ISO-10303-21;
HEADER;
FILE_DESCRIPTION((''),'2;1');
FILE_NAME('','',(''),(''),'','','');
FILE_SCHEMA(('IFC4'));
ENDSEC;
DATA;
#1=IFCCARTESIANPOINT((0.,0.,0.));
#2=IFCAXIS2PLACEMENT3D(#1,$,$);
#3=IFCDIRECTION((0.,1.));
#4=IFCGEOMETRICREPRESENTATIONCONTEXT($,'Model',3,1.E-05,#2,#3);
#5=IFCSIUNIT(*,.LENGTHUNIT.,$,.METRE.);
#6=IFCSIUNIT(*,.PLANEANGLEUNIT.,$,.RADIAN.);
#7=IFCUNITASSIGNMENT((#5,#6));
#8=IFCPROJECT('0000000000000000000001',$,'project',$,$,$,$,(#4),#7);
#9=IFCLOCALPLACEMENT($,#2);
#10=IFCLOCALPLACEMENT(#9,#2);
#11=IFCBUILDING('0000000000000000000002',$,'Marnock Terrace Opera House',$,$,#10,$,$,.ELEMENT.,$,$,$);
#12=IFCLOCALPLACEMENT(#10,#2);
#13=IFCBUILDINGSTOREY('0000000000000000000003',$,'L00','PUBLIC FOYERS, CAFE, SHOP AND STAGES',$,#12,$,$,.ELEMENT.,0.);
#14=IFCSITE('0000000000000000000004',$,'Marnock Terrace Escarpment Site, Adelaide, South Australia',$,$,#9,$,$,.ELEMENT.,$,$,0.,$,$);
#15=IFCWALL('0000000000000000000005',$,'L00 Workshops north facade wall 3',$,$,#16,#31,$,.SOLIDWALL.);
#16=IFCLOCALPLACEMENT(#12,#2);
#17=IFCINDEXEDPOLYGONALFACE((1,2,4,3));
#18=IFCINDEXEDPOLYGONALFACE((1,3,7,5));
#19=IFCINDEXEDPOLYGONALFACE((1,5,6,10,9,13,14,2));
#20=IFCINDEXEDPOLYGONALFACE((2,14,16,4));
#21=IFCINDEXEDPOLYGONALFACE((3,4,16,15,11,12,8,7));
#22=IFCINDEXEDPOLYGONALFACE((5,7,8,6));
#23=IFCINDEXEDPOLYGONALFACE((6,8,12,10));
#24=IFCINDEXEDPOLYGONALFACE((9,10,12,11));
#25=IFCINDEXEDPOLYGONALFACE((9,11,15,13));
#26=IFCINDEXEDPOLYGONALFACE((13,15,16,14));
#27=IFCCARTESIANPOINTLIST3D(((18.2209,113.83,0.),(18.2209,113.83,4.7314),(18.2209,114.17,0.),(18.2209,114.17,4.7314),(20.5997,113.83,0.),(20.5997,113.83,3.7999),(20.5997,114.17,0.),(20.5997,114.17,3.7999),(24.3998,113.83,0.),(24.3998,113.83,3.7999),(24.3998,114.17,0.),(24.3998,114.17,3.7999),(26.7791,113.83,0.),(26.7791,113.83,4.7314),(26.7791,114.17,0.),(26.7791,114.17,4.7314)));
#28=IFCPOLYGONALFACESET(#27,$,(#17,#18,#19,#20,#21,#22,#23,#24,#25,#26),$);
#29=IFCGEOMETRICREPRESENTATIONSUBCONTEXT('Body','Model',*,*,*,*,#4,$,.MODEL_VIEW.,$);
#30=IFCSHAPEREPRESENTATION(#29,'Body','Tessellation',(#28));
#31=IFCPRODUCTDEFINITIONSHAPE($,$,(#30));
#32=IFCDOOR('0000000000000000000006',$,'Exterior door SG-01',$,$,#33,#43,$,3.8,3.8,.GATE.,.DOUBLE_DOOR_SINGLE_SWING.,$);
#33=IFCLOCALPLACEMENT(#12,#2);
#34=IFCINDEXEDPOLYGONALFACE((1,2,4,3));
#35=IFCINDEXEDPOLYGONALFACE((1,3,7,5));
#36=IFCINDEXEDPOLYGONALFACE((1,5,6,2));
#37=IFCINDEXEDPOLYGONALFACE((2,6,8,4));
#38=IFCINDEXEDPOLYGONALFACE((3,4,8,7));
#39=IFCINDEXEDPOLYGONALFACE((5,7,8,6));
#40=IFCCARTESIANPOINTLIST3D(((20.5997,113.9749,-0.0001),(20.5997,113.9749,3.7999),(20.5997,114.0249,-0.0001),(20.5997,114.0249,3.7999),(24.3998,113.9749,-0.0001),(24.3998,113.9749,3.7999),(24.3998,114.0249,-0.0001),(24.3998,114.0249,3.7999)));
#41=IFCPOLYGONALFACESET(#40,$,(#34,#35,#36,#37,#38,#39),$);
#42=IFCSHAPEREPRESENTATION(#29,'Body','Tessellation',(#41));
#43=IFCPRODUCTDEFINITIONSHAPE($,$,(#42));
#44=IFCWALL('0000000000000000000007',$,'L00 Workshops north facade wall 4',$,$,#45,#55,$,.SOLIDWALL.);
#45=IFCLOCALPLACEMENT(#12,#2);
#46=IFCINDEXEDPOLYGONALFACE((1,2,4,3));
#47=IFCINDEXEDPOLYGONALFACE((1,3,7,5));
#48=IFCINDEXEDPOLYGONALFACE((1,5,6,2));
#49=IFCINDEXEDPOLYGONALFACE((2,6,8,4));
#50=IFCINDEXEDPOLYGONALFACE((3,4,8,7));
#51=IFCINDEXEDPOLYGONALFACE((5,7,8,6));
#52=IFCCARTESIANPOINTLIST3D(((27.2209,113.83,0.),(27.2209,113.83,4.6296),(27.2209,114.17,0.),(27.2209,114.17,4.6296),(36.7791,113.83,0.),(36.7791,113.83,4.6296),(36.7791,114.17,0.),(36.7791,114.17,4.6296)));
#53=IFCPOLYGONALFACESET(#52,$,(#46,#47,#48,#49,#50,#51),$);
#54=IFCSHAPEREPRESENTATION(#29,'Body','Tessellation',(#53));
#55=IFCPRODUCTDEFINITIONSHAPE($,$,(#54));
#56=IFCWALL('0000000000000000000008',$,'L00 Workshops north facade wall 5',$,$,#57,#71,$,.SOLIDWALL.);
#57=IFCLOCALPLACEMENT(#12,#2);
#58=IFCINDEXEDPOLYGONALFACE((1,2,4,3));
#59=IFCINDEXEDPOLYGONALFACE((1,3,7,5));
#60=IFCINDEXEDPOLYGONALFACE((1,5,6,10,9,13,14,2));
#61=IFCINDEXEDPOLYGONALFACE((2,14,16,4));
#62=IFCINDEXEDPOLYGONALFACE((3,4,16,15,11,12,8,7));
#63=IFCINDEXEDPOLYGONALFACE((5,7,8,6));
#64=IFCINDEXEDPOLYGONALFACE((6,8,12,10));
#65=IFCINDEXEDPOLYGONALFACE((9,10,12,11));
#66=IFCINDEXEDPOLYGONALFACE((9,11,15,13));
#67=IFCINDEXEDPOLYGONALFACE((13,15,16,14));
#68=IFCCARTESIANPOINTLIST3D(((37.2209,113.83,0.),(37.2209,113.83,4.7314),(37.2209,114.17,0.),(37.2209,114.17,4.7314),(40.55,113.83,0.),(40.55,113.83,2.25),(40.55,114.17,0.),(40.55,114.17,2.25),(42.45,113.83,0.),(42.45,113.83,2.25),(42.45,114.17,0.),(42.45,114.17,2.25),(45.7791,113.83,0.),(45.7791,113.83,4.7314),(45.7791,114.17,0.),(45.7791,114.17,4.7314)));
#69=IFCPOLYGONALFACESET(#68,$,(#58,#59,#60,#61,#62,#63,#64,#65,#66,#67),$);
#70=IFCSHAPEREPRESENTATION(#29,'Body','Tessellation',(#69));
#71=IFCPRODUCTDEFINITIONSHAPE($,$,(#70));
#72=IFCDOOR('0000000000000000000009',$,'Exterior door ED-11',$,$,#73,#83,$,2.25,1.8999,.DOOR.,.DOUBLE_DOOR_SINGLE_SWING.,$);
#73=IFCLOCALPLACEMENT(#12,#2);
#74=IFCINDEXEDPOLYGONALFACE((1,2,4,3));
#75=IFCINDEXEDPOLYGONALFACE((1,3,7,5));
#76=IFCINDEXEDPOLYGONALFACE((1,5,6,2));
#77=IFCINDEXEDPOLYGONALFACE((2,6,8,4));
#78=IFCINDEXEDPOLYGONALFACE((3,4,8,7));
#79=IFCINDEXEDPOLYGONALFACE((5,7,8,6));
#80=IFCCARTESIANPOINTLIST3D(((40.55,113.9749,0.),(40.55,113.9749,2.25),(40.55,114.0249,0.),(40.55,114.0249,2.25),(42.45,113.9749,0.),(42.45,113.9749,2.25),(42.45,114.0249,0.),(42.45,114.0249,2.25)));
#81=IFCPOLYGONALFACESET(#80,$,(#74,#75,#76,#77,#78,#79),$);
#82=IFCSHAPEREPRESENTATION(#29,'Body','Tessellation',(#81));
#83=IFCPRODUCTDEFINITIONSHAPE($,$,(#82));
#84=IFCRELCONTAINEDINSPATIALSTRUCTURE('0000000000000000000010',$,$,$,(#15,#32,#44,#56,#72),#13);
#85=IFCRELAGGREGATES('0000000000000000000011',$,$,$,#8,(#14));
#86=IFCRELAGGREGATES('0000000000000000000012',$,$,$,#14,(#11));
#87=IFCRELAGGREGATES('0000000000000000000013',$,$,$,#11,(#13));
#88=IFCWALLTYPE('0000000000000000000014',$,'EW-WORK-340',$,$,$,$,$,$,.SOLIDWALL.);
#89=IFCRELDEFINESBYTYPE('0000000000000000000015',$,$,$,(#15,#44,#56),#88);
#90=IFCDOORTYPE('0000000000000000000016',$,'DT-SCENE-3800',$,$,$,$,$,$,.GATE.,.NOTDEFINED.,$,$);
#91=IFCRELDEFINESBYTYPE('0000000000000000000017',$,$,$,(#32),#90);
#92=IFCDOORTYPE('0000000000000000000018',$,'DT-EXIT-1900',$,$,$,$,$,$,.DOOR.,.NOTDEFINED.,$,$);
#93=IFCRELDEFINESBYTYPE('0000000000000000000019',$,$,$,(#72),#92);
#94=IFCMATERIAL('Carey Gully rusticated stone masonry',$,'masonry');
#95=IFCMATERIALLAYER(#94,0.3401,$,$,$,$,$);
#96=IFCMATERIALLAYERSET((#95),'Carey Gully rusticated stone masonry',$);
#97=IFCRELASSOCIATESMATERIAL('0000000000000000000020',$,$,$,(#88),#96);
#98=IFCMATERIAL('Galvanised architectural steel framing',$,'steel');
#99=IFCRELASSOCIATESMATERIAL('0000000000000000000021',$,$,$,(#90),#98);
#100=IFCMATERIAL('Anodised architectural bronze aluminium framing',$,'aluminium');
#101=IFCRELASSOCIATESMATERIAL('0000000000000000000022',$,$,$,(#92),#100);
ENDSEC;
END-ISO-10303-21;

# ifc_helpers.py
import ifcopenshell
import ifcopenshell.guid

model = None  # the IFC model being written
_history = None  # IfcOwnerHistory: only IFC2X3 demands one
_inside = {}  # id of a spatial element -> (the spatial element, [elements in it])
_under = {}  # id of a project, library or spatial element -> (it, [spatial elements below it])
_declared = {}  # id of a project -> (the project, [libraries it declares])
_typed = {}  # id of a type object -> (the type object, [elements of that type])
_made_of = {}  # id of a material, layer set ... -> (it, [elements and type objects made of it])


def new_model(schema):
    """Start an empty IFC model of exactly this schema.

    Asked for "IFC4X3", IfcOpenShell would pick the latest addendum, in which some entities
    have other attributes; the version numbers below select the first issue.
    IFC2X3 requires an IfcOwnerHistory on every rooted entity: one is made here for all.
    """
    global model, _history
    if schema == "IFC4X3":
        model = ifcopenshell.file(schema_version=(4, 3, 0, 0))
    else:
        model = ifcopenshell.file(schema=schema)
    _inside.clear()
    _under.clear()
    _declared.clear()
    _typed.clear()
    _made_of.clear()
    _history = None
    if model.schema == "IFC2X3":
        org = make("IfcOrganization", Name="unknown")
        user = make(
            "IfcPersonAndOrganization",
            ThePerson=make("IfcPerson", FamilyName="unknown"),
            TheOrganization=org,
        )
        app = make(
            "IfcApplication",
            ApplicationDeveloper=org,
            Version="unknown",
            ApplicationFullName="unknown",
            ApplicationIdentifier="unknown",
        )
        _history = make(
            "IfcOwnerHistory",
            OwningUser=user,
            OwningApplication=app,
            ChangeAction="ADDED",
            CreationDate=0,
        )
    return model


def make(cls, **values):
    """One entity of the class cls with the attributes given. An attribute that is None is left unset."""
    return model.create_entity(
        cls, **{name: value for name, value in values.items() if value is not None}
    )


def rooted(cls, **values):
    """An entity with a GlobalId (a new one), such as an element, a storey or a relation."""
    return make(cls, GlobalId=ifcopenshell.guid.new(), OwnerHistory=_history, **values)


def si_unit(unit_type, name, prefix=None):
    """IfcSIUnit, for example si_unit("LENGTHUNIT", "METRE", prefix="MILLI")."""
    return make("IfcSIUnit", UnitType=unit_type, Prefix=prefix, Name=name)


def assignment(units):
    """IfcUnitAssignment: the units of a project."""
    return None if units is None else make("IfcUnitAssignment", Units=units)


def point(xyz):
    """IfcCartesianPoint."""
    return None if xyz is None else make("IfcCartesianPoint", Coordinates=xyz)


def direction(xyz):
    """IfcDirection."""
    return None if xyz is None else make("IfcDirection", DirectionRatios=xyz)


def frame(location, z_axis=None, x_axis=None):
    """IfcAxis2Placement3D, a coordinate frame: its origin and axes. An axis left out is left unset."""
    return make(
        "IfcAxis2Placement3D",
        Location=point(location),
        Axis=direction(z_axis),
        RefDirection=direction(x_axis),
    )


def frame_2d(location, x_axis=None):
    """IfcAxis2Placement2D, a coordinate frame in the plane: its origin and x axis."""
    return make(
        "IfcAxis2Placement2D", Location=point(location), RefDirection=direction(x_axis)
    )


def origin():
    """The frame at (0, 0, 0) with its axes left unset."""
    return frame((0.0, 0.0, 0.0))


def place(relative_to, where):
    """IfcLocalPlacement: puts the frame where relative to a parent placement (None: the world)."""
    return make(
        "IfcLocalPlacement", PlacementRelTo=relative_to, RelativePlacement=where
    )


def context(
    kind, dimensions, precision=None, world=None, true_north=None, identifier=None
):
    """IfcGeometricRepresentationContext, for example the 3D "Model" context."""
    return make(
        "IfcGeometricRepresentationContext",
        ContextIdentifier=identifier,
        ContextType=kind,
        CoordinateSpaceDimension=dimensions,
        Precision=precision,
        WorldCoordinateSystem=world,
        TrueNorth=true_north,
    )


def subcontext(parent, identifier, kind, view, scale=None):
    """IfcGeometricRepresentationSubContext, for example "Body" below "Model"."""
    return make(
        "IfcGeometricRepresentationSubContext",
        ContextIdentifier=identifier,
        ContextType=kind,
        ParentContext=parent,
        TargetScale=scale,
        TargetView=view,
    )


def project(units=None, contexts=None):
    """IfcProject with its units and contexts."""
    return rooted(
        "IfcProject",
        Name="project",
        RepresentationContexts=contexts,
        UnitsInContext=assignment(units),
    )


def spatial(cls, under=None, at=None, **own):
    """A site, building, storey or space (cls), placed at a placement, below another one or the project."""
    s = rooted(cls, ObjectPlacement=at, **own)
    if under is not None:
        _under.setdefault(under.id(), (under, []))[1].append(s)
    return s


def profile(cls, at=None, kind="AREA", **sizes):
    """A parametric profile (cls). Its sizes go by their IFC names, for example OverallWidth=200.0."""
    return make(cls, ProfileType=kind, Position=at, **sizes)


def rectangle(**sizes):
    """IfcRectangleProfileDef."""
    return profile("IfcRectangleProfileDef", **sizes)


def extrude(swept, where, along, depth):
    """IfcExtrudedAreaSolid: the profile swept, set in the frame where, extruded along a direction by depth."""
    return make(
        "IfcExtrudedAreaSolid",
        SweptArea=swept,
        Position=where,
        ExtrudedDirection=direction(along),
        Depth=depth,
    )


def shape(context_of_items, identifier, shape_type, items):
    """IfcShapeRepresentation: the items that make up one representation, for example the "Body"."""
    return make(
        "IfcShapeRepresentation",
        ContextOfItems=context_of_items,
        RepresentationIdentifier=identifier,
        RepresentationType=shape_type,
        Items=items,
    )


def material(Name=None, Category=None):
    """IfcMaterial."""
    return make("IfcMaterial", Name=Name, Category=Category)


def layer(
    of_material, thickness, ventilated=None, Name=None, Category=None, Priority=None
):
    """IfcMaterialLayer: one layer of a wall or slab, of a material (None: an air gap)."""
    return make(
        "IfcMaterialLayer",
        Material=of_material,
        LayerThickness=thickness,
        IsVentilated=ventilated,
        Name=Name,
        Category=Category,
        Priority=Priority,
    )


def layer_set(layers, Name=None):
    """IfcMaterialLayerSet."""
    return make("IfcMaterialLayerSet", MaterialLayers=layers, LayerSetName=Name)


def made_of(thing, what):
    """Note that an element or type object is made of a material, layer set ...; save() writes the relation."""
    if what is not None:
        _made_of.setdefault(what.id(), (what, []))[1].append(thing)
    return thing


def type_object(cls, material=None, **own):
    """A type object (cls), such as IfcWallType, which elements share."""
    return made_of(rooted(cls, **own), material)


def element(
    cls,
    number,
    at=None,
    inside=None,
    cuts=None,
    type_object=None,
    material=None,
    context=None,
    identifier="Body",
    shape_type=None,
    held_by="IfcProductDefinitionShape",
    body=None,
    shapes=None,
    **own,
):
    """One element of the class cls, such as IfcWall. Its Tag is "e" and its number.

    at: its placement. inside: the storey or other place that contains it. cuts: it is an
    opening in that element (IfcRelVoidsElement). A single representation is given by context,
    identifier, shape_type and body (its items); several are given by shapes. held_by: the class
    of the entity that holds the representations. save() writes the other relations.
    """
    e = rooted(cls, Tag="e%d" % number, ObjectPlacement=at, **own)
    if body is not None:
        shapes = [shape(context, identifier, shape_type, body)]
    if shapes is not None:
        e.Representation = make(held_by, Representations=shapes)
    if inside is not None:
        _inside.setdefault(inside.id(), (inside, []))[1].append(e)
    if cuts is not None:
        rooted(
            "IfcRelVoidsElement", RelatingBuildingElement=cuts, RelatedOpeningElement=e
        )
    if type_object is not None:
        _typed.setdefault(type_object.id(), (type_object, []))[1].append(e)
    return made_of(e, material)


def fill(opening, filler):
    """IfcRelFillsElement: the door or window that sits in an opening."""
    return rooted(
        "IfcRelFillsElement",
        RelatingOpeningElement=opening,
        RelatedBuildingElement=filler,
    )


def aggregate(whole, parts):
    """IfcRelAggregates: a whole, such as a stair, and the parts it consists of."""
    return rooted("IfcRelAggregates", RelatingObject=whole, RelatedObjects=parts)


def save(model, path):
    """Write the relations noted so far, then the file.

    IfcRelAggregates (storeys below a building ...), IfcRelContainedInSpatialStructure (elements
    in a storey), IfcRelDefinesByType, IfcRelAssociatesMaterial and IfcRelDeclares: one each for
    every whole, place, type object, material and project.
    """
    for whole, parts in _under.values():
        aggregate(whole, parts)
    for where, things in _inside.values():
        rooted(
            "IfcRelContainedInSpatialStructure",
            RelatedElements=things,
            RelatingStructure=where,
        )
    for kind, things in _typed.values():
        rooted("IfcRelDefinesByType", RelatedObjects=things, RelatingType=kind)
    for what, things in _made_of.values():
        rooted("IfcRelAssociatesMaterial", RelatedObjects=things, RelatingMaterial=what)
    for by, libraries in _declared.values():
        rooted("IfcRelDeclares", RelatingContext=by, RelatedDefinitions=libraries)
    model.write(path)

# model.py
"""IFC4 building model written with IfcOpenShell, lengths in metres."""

from ifc_helpers import new_model, si_unit, direction, frame, frame_2d, origin, place, context, subcontext, project, spatial, rectangle, extrude, material, layer, layer_set, type_object, element, fill, save


model = new_model("IFC4")

# Units and contexts
model_context = context("Model", 3, precision=1e-05, world=origin(), true_north=direction((0.0, 1.0)))
body_context = subcontext(model_context, "Body", "Model", "MODEL_VIEW")
ifc_project = project(units=[si_unit("LENGTHUNIT", "METRE"), si_unit("PLANEANGLEUNIT", "RADIAN")], contexts=[model_context])

# Site, building, storey
site_placement = place(None, origin())
site = spatial("IfcSite", under=ifc_project, at=site_placement, Name="Marnock Terrace Escarpment Site, Adelaide, South Australia", CompositionType="ELEMENT", RefElevation=0.0)
building_placement = place(site_placement, origin())
building = spatial("IfcBuilding", under=site, at=building_placement, Name="Marnock Terrace Opera House", CompositionType="ELEMENT")
storey_placement = place(building_placement, origin())
storey = spatial("IfcBuildingStorey", under=building, at=storey_placement, Name="L00", Description="PUBLIC FOYERS, CAFE, SHOP AND STAGES", CompositionType="ELEMENT", Elevation=0.0)

# Wall, opening, door
ifc_material_1 = material(Name="Carey Gully rusticated stone masonry", Category="masonry")
ifc_layer = layer(ifc_material_1, 0.3401)
ifc_layer_set = layer_set([ifc_layer], Name="Carey Gully rusticated stone masonry")
wall_type = type_object("IfcWallType", Name="EW-WORK-340", PredefinedType="SOLIDWALL", material=ifc_layer_set)
wall_1_placement = place(storey_placement, frame((18.2209, 114.0, 0.0), z_axis=(0.0, 0.0, 1.0), x_axis=(1.0, 0.0, 0.0)))
wall_1 = element("IfcWall", 1, at=wall_1_placement, inside=storey, type_object=wall_type, Name="L00 Workshops north facade wall 3", PredefinedType="SOLIDWALL", context=body_context, shape_type="SweptSolid", body=[
    extrude(rectangle(XDim=8.5581, YDim=0.3401, at=frame_2d((4.2791, 0.0))), origin(), (0.0, 0.0, 1.0), 4.7314),
])
opening_1_placement = place(wall_1_placement, frame((2.3789, 0.0, 0.0)))
opening_1 = element("IfcOpeningElement", 2, at=opening_1_placement, cuts=wall_1, PredefinedType="OPENING", context=body_context, shape_type="SweptSolid", body=[
    extrude(rectangle(XDim=3.8, YDim=3.8, at=frame_2d((1.8999, 1.8999))), frame((0.0, 0.1799, 0.0), z_axis=(0.0, -1.0, 0.0), x_axis=(1.0, 0.0, 0.0)), (0.0, 0.0, 1.0), 0.3601),
])
ifc_material_2 = material(Name="Galvanised architectural steel framing", Category="steel")
door_type_1 = type_object("IfcDoorType", Name="DT-SCENE-3800", OperationType="NOTDEFINED", PredefinedType="GATE", material=ifc_material_2)
door_1_placement = place(opening_1_placement, origin())
door_1 = element("IfcDoor", 3, at=door_1_placement, inside=storey, type_object=door_type_1, Name="Exterior door SG-01", OperationType="DOUBLE_DOOR_SINGLE_SWING", OverallHeight=3.8, OverallWidth=3.8, PredefinedType="GATE", context=body_context, shape_type="SweptSolid", body=[
    extrude(rectangle(XDim=3.8, YDim=3.8, at=frame_2d((1.8999, 1.8999))), frame((0.0, 0.0249, 0.0), z_axis=(0.0, -1.0, 0.0), x_axis=(1.0, 0.0, 0.0)), (0.0, 0.0, 1.0), 0.05),
])
fill(opening_1, door_1)

# Wall
wall_2_placement = place(storey_placement, frame((27.2209, 114.0, 0.0), z_axis=(0.0, 0.0, 1.0), x_axis=(1.0, 0.0, 0.0)))
element("IfcWall", 4, at=wall_2_placement, inside=storey, type_object=wall_type, Name="L00 Workshops north facade wall 4", PredefinedType="SOLIDWALL", context=body_context, shape_type="SweptSolid", body=[
    extrude(rectangle(XDim=9.5581, YDim=0.3401, at=frame_2d((4.7791, 0.0))), origin(), (0.0, 0.0, 1.0), 4.6296),
])

# Wall, opening, door
wall_3_placement = place(storey_placement, frame((37.2209, 114.0, 0.0), z_axis=(0.0, 0.0, 1.0), x_axis=(1.0, 0.0, 0.0)))
wall_3 = element("IfcWall", 5, at=wall_3_placement, inside=storey, type_object=wall_type, Name="L00 Workshops north facade wall 5", PredefinedType="SOLIDWALL", context=body_context, shape_type="SweptSolid", body=[
    extrude(rectangle(XDim=8.5581, YDim=0.3401, at=frame_2d((4.2791, 0.0))), origin(), (0.0, 0.0, 1.0), 4.7314),
])
opening_2_placement = place(wall_3_placement, frame((3.3291, 0.0, 0.0)))
opening_2 = element("IfcOpeningElement", 6, at=opening_2_placement, cuts=wall_3, PredefinedType="OPENING", context=body_context, shape_type="SweptSolid", body=[
    extrude(rectangle(XDim=1.8999, YDim=2.25, at=frame_2d((0.95, 1.125))), frame((0.0, 0.1799, 0.0), z_axis=(0.0, -1.0, 0.0), x_axis=(1.0, 0.0, 0.0)), (0.0, 0.0, 1.0), 0.3601),
])
ifc_material_3 = material(Name="Anodised architectural bronze aluminium framing", Category="aluminium")
door_type_2 = type_object("IfcDoorType", Name="DT-EXIT-1900", OperationType="NOTDEFINED", PredefinedType="DOOR", material=ifc_material_3)
door_2_placement = place(opening_2_placement, origin())
door_2 = element("IfcDoor", 7, at=door_2_placement, inside=storey, type_object=door_type_2, Name="Exterior door ED-11", OperationType="DOUBLE_DOOR_SINGLE_SWING", OverallHeight=2.25, OverallWidth=1.8999, PredefinedType="DOOR", context=body_context, shape_type="SweptSolid", body=[
    extrude(rectangle(XDim=1.8999, YDim=2.25, at=frame_2d((0.95, 1.125))), frame((0.0, 0.0249, 0.0), z_axis=(0.0, -1.0, 0.0), x_axis=(1.0, 0.0, 0.0)), (0.0, 0.0, 1.0), 0.05),
])
fill(opening_2, door_2)

save(model, "model.ifc")
